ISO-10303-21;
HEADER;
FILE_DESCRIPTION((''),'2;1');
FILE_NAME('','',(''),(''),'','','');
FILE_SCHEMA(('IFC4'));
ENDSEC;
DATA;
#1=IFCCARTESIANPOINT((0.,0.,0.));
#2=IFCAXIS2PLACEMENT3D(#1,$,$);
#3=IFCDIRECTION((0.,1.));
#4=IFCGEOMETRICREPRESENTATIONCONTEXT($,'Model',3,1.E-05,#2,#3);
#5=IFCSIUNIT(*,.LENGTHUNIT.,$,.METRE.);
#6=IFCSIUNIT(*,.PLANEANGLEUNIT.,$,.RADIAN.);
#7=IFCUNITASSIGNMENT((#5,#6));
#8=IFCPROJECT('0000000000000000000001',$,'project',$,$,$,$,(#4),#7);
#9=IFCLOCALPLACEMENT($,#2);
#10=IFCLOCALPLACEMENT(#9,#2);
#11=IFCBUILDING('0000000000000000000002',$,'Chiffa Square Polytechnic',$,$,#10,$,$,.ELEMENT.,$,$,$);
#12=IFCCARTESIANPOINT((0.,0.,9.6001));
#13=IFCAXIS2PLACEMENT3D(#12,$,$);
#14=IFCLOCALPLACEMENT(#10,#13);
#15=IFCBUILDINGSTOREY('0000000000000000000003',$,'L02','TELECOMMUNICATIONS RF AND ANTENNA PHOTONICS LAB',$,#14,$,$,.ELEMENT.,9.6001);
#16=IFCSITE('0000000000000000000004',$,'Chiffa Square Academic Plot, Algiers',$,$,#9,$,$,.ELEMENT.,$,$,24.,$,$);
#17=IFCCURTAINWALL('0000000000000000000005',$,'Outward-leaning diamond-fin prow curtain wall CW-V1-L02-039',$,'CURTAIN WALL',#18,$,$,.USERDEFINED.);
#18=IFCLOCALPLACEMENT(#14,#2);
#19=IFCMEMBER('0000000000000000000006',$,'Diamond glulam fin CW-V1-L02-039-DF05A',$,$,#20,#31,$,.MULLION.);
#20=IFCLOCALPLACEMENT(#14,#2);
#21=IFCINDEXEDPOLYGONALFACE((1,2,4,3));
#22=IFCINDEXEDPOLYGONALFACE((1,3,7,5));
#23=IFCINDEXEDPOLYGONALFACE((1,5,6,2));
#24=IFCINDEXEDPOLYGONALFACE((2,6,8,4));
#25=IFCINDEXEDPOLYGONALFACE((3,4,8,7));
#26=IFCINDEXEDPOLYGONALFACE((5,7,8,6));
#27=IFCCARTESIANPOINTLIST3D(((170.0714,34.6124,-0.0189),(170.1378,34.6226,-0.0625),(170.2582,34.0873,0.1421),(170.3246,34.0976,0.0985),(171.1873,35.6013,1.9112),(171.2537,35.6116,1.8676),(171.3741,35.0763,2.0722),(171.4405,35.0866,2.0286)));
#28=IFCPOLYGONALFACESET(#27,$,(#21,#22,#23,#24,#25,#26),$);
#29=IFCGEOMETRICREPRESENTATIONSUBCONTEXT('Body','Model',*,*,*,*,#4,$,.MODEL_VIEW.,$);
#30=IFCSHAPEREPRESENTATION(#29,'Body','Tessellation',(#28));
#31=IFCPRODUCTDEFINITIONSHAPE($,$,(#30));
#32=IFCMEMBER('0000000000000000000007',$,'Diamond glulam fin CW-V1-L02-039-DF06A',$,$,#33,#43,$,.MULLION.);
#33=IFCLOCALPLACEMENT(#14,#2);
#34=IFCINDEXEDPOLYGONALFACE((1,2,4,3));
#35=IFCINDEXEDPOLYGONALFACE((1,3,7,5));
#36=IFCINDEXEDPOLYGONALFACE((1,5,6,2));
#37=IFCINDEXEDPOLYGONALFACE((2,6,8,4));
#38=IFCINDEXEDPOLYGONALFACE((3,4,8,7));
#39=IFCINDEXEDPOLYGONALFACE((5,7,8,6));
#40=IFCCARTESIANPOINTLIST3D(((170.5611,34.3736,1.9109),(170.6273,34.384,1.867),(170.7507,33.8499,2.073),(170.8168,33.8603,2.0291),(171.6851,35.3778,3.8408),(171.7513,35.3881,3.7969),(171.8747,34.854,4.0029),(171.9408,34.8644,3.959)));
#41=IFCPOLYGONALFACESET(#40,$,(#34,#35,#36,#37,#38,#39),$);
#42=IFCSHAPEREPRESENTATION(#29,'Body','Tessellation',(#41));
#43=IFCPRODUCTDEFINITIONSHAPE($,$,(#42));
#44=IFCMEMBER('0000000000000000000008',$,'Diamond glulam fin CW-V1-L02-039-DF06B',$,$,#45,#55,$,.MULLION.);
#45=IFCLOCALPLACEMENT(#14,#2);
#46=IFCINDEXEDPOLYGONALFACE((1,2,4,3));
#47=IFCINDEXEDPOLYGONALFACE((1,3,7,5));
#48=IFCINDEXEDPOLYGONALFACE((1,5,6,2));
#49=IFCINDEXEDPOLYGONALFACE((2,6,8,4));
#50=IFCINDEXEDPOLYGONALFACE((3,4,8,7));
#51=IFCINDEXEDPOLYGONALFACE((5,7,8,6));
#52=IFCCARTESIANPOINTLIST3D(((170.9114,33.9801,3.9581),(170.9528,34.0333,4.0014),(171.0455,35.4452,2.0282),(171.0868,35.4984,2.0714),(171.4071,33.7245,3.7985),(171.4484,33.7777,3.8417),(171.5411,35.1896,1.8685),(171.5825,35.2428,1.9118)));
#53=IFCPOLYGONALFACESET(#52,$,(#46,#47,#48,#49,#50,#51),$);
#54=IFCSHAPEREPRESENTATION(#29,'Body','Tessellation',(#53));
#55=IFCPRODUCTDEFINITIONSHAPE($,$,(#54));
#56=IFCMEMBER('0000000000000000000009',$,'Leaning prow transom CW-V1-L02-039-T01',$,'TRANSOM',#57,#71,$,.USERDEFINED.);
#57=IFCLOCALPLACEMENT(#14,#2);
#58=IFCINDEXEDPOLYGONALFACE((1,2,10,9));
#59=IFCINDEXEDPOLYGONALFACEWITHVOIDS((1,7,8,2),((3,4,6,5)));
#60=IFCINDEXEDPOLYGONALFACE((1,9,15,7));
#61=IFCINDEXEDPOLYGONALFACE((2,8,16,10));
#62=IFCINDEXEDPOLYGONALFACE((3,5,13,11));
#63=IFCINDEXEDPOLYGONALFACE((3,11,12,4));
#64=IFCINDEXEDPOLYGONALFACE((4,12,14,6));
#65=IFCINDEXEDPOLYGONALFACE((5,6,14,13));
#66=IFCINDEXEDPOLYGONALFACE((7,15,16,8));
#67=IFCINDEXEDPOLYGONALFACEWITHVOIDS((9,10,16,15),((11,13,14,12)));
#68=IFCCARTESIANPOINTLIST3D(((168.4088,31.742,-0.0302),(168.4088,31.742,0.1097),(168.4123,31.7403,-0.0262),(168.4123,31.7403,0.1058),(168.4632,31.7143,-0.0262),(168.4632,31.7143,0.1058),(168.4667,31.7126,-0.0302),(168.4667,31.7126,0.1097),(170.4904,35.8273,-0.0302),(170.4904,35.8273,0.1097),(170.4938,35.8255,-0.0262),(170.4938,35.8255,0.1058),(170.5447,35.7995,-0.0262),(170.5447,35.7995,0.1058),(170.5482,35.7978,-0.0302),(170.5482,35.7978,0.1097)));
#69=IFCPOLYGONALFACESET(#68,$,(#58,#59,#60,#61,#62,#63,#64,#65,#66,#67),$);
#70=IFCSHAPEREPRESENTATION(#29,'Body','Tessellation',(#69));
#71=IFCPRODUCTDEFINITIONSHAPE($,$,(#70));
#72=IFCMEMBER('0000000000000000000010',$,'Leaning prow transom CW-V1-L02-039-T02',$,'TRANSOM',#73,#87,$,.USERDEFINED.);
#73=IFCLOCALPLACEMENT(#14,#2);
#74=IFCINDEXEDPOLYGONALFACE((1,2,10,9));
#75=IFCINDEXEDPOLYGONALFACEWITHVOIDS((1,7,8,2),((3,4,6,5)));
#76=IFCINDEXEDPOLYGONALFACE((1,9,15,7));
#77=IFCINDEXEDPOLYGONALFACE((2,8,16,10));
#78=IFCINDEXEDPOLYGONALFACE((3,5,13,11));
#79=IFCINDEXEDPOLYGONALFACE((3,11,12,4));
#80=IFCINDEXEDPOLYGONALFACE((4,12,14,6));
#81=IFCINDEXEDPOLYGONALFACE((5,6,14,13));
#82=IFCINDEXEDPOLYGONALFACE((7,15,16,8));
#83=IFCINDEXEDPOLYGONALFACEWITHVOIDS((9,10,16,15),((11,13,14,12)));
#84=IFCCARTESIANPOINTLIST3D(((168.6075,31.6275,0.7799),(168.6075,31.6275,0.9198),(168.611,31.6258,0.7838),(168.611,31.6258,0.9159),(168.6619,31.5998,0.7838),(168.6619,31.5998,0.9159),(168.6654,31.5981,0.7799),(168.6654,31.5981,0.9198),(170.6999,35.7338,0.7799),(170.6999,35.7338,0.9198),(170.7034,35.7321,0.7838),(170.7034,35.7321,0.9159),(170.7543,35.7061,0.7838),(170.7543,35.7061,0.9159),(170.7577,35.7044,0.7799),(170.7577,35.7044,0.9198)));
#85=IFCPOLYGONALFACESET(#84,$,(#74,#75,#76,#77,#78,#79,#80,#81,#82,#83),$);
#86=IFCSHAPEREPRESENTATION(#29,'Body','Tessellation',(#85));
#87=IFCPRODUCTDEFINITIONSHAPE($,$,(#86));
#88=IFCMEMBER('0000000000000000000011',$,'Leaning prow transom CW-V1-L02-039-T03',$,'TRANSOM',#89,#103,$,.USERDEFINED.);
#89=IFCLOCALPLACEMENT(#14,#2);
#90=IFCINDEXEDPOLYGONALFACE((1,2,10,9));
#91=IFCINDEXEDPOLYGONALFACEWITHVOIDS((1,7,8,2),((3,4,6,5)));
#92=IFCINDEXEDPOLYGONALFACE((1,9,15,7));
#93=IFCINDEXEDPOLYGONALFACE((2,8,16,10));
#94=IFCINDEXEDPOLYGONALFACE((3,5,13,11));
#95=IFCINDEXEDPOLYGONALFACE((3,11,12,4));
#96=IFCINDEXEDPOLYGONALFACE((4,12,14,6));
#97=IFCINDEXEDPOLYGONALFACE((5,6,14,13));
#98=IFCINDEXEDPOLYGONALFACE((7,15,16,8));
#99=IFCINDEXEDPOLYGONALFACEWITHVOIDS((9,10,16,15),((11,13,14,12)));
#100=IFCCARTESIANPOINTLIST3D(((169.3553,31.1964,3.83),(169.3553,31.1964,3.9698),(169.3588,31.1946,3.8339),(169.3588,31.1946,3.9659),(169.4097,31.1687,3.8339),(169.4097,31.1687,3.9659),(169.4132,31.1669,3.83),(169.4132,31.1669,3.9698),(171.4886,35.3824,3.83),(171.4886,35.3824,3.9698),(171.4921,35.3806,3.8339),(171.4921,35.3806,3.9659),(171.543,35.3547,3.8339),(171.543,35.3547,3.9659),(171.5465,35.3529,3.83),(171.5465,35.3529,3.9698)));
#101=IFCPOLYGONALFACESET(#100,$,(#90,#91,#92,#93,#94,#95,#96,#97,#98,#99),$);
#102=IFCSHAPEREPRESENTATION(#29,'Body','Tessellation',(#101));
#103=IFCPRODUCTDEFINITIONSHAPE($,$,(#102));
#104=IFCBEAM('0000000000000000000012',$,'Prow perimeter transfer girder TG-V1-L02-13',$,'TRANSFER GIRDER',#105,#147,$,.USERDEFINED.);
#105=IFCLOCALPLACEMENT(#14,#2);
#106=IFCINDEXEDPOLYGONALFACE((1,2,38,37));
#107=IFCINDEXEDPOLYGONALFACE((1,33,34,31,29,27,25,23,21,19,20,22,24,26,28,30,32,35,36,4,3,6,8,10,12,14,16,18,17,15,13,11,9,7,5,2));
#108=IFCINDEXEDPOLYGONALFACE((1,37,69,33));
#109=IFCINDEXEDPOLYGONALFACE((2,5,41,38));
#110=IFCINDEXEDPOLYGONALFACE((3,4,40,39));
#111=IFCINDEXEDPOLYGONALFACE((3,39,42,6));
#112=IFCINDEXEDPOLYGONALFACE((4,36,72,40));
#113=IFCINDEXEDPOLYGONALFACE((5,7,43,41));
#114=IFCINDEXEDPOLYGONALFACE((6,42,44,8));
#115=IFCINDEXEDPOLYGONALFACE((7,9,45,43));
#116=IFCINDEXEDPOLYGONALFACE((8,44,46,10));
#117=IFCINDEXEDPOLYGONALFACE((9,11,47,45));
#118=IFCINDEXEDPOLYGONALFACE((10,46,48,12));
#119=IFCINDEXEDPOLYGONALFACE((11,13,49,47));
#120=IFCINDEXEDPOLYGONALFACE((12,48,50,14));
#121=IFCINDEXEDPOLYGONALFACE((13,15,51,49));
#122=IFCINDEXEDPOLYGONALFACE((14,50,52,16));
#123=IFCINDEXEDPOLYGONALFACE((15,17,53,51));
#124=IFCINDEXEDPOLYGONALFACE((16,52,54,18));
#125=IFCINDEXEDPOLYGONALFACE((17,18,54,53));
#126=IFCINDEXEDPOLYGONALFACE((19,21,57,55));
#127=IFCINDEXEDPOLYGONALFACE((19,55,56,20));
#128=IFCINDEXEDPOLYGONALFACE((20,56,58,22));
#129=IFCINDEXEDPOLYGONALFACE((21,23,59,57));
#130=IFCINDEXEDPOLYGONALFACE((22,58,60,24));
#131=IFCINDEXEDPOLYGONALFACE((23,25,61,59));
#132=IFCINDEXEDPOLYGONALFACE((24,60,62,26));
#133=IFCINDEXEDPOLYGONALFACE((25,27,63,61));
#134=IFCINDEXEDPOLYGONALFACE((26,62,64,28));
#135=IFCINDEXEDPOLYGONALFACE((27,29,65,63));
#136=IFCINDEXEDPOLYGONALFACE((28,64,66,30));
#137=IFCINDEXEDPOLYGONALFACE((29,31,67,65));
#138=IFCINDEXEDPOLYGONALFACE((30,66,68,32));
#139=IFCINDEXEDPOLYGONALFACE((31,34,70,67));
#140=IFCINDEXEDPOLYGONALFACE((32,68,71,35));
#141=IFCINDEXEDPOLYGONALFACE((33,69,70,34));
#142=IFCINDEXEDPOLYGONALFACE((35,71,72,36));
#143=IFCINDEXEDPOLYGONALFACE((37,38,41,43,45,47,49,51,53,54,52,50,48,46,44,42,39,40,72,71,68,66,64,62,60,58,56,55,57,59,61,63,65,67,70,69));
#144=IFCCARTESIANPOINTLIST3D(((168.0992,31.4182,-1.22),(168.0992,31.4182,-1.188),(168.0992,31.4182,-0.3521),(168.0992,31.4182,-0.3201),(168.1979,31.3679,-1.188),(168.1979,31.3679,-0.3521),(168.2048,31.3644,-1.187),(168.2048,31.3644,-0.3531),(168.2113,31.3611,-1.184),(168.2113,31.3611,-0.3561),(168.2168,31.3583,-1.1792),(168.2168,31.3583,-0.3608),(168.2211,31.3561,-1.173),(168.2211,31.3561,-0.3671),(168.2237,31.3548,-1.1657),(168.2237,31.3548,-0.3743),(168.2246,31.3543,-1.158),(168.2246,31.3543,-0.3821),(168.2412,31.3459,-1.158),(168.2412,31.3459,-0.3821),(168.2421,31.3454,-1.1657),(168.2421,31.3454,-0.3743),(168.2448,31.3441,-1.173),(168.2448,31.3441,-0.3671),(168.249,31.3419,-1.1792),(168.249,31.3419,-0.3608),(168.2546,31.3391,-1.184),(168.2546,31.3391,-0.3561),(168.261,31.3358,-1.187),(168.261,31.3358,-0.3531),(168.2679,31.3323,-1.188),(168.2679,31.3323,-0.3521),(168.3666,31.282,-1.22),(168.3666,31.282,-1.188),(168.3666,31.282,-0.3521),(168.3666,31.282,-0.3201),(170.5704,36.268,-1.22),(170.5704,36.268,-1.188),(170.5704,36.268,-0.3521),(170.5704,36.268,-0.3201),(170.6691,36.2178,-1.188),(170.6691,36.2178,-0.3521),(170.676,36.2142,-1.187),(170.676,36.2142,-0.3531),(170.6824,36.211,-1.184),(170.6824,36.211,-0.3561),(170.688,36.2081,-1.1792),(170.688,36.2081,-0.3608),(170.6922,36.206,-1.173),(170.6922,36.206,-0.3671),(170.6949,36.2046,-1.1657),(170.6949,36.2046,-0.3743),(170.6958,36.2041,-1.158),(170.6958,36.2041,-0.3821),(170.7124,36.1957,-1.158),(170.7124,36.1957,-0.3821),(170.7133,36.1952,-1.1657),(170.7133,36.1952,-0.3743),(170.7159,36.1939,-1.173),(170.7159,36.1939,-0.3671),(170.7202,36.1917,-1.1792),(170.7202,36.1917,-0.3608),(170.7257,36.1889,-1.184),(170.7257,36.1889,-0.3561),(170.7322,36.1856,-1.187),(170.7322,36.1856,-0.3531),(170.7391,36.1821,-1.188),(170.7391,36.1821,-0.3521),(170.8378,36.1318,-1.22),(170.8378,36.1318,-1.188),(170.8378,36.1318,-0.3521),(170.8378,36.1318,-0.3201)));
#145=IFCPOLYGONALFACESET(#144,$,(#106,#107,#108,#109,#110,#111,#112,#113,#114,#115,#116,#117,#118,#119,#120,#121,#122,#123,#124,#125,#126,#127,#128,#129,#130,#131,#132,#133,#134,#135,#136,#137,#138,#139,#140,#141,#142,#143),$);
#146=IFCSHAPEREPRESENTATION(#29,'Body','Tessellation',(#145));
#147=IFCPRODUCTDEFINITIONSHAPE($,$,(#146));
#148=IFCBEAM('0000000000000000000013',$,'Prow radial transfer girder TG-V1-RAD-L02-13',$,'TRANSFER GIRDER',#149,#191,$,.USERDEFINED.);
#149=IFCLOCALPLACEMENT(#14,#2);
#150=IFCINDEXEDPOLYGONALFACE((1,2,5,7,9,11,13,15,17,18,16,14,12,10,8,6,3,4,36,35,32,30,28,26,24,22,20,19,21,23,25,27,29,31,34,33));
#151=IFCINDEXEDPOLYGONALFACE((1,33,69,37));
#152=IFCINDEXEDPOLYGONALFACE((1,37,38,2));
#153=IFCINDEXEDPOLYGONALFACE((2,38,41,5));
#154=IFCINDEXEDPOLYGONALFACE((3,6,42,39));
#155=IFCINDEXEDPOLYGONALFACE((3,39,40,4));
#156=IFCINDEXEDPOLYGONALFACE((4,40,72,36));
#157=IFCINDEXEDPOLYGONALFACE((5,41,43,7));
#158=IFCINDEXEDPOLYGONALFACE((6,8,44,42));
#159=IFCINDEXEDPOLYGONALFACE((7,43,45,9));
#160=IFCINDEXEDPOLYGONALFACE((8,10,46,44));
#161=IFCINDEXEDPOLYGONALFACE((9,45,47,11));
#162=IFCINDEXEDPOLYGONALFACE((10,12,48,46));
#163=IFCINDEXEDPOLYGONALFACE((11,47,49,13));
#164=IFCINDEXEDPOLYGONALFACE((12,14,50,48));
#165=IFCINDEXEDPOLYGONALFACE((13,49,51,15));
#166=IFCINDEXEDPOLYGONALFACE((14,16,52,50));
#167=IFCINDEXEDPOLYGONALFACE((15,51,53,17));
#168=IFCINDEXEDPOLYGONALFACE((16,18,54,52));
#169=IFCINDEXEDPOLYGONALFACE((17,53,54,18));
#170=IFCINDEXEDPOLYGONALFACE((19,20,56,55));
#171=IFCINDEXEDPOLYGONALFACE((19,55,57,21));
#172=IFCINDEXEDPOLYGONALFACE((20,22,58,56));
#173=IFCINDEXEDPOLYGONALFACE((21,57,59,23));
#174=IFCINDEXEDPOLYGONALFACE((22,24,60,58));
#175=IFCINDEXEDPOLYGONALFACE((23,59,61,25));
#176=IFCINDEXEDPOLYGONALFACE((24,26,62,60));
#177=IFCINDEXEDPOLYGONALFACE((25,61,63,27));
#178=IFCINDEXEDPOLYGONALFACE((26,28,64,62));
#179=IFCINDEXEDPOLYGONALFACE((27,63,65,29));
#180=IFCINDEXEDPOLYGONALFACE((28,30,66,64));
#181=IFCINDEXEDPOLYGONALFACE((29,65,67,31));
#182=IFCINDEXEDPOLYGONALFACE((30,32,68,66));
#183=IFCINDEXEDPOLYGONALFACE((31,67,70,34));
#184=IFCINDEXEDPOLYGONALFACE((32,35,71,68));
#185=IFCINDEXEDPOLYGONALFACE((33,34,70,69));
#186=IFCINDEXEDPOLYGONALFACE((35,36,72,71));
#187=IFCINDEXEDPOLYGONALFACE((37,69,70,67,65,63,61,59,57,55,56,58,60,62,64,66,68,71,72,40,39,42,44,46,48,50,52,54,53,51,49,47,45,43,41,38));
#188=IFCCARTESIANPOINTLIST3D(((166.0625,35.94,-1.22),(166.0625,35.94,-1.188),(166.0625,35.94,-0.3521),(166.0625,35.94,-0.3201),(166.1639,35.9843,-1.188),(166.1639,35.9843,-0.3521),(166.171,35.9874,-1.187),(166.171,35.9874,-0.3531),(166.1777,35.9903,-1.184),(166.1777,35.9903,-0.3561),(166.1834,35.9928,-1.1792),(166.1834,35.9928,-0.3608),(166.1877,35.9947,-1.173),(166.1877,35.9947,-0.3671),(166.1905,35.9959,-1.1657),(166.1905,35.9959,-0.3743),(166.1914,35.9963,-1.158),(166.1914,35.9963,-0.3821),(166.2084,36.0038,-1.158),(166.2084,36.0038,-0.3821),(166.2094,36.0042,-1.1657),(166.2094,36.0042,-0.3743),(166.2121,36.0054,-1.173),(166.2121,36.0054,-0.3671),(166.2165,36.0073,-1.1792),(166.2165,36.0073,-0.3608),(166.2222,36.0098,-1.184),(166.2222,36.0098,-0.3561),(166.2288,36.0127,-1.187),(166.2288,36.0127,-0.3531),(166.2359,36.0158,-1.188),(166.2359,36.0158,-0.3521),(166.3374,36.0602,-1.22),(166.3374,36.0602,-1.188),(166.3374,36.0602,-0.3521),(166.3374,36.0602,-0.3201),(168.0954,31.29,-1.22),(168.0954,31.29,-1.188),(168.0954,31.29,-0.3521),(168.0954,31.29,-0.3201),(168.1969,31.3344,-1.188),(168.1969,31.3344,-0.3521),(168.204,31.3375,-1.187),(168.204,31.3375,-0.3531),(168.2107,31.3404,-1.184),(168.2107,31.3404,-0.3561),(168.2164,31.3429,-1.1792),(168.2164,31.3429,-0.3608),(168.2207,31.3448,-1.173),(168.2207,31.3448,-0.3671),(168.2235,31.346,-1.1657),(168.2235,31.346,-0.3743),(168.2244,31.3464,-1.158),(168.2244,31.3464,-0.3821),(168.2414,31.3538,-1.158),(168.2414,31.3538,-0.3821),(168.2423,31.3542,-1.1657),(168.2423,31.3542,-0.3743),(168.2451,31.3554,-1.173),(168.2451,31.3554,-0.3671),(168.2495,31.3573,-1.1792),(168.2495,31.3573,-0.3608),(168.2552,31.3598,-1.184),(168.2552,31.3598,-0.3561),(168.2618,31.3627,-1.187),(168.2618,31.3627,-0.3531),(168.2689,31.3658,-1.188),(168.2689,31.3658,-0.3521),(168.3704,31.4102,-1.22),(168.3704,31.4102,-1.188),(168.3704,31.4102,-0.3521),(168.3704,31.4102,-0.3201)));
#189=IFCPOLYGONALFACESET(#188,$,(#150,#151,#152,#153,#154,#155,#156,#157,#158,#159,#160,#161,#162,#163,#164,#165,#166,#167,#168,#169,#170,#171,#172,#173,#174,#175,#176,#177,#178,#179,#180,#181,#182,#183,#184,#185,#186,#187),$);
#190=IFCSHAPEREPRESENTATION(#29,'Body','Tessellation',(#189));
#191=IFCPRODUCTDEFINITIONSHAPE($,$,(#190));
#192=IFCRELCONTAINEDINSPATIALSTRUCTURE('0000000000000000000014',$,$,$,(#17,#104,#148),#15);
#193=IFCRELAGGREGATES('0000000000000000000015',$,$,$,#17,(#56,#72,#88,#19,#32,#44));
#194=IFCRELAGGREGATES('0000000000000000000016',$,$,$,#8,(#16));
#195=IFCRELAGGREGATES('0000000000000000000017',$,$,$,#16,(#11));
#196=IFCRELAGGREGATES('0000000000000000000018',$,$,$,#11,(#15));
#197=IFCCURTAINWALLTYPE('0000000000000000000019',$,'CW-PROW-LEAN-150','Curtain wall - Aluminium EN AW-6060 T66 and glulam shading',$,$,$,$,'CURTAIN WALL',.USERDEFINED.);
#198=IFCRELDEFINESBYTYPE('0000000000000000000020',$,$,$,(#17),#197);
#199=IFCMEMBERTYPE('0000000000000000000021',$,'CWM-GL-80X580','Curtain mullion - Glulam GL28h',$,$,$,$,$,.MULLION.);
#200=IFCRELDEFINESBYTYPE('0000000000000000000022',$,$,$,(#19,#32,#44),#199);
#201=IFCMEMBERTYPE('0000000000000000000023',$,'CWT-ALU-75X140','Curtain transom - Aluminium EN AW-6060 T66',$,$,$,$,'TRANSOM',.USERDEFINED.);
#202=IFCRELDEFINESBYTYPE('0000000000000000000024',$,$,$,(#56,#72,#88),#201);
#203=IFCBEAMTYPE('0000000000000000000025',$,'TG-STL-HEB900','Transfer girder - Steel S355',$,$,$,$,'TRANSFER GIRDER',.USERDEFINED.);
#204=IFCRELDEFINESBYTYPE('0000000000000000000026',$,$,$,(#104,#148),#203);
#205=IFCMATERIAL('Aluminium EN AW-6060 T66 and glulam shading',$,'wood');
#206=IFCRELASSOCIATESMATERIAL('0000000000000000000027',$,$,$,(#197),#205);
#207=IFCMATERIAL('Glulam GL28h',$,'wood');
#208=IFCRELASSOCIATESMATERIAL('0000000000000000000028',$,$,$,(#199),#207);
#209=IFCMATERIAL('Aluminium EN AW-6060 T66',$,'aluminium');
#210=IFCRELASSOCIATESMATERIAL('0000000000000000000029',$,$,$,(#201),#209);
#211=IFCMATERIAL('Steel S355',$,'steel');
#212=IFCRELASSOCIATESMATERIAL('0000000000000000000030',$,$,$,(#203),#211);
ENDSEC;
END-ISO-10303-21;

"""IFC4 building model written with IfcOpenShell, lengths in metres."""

from ifc_helpers import new_model, si_unit, direction, frame, origin, origin_2d, place, context, subcontext, project, spatial, rectangle, hollow_rectangle, i_section, extrude, material, material_profile, profile_set, type_object, element, aggregate, save


model = new_model("IFC4")

# Units and contexts
model_context = context("Model", 3, precision=1e-05, world=origin(), true_north=direction((0.0, 1.0)))
body_context = subcontext(model_context, "Body", "Model", "MODEL_VIEW")
ifc_project = project(units=[si_unit("LENGTHUNIT", "METRE"), si_unit("PLANEANGLEUNIT", "RADIAN")], contexts=[model_context])

# Site, building, storey
site_placement = place(None, origin())
site = spatial("IfcSite", under=ifc_project, at=site_placement, Name="Chiffa Square Academic Plot, Algiers", CompositionType="ELEMENT", RefElevation=24.0)
building_placement = place(site_placement, origin())
building = spatial("IfcBuilding", under=site, at=building_placement, Name="Chiffa Square Polytechnic", CompositionType="ELEMENT")
storey_placement = place(building_placement, frame((0.0, 0.0, 9.6001)))
storey = spatial("IfcBuildingStorey", under=building, at=storey_placement, Name="L02", Description="TELECOMMUNICATIONS RF AND ANTENNA PHOTONICS LAB", CompositionType="ELEMENT", Elevation=9.6001)

# Shared definitions
ifc_material_1 = material(Name="Aluminium EN AW-6060 T66 and glulam shading", Category="wood")
ifc_material_2 = material(Name="Aluminium EN AW-6060 T66", Category="aluminium")

# Curtain wall, members
curtain_wall_type_1 = type_object("IfcCurtainWallType", Name="CW-PROW-LEAN-150", Description="Curtain wall - Aluminium EN AW-6060 T66 and glulam shading", ElementType="CURTAIN WALL", PredefinedType="USERDEFINED", material=ifc_material_1)
curtain_wall_1_placement = place(storey_placement, origin())
curtain_wall_1 = element("IfcCurtainWall", 1, at=curtain_wall_1_placement, inside=storey, type_object=curtain_wall_type_1, Name="Outward-leaning diamond-fin prow curtain wall CW-V1-L02-039", ObjectType="CURTAIN WALL", PredefinedType="USERDEFINED")
ifc_material_3 = material(Name="Glulam GL28h", Category="wood")
ifc_material_profile_1 = material_profile(ifc_material_3, rectangle(XDim=0.0801, YDim=0.5801, at=origin_2d()), Name="GL28h 80x580")
ifc_profile_set_1 = profile_set([ifc_material_profile_1], Name="Glulam GL28h")
member_type_1 = type_object("IfcMemberType", Name="CWM-GL-80X580", Description="Curtain mullion - Glulam GL28h", PredefinedType="MULLION", material=ifc_profile_set_1)
member_1_placement = place(storey_placement, frame((170.198, 34.355, 0.0398), z_axis=(0.457536, 0.405486, 0.791354), x_axis=(-0.828805, -0.127899, 0.544724)))
member_1 = element("IfcMember", 2, at=member_1_placement, type_object=member_type_1, Name="Diamond glulam fin CW-V1-L02-039-DF05A", PredefinedType="MULLION", context=body_context, shape_type="SweptSolid", body=[
    extrude(rectangle(XDim=0.0801, YDim=0.5801, at=origin_2d()), origin(), (0.0, 0.0, 1.0), 2.439),
])
member_2_placement = place(storey_placement, frame((170.689, 34.1169, 1.97), z_axis=(0.459019, 0.410066, 0.788129), x_axis=(-0.826147, -0.129274, 0.548424)))
member_2 = element("IfcMember", 3, at=member_2_placement, type_object=member_type_1, Name="Diamond glulam fin CW-V1-L02-039-DF06A", PredefinedType="MULLION", context=body_context, shape_type="SweptSolid", body=[
    extrude(rectangle(XDim=0.0801, YDim=0.5801, at=origin_2d()), origin(), (0.0, 0.0, 1.0), 2.4487),
])
member_3_placement = place(storey_placement, frame((171.314, 35.344, 1.97), z_axis=(-0.055232, -0.603726, 0.795276), x_axis=(0.516659, 0.664289, 0.54017)))
member_3 = element("IfcMember", 4, at=member_3_placement, type_object=member_type_1, Name="Diamond glulam fin CW-V1-L02-039-DF06B", PredefinedType="MULLION", context=body_context, shape_type="SweptSolid", body=[
    extrude(rectangle(XDim=0.0801, YDim=0.5801, at=origin_2d()), origin(), (0.0, 0.0, 1.0), 2.4268),
])
ifc_material_profile_2 = material_profile(ifc_material_2, hollow_rectangle(XDim=0.0649, YDim=0.1399, WallThickness=0.0039, at=origin_2d()), Name="ALU 65x140x4")
ifc_profile_set_2 = profile_set([ifc_material_profile_2], Name="Aluminium EN AW-6060 T66")
member_type_2 = type_object("IfcMemberType", Name="CWT-ALU-75X140", Description="Curtain transom - Aluminium EN AW-6060 T66", ElementType="TRANSOM", PredefinedType="USERDEFINED", material=ifc_profile_set_2)
member_4_placement = place(storey_placement, frame((168.4377, 31.7273, 0.0398), z_axis=(0.453995, 0.891004, 0.0), x_axis=(-0.891004, 0.453995, 0.0)))
member_4 = element("IfcMember", 5, at=member_4_placement, type_object=member_type_2, Name="Leaning prow transom CW-V1-L02-039-T01", ObjectType="TRANSOM", PredefinedType="USERDEFINED", context=body_context, shape_type="SweptSolid", body=[
    extrude(hollow_rectangle(XDim=0.0649, YDim=0.1399, WallThickness=0.0039, at=origin_2d()), origin(), (0.0, 0.0, 1.0), 4.585),
])
member_5_placement = place(storey_placement, frame((168.6365, 31.6128, 0.8499), z_axis=(0.454003, 0.891, 0.0), x_axis=(-0.891, 0.454003, 0.0)))
member_5 = element("IfcMember", 6, at=member_5_placement, type_object=member_type_2, Name="Leaning prow transom CW-V1-L02-039-T02", ObjectType="TRANSOM", PredefinedType="USERDEFINED", context=body_context, shape_type="SweptSolid", body=[
    extrude(hollow_rectangle(XDim=0.0649, YDim=0.1399, WallThickness=0.0039, at=origin_2d()), origin(), (0.0, 0.0, 1.0), 4.6086),
])
member_6_placement = place(storey_placement, frame((169.3843, 31.1816, 3.8999), z_axis=(0.45406, 0.890971, 0.0), x_axis=(-0.890971, 0.45406, 0.0)))
member_6 = element("IfcMember", 7, at=member_6_placement, type_object=member_type_2, Name="Leaning prow transom CW-V1-L02-039-T03", ObjectType="TRANSOM", PredefinedType="USERDEFINED", context=body_context, shape_type="SweptSolid", body=[
    extrude(hollow_rectangle(XDim=0.0649, YDim=0.1399, WallThickness=0.0039, at=origin_2d()), origin(), (0.0, 0.0, 1.0), 4.6982),
])

# Beams
ifc_material_4 = material(Name="Steel S355", Category="steel")
ifc_material_profile_3 = material_profile(ifc_material_4, i_section(OverallWidth=0.3, OverallDepth=0.8999, WebThickness=0.0186, FlangeThickness=0.032, FilletRadius=0.03, at=origin_2d()), Name="HEB 900")
ifc_profile_set_3 = profile_set([ifc_material_profile_3], Name="Steel S355")
beam_type = type_object("IfcBeamType", Name="TG-STL-HEB900", Description="Transfer girder - Steel S355", ElementType="TRANSFER GIRDER", PredefinedType="USERDEFINED", material=ifc_profile_set_3)
beam_1_placement = place(storey_placement, frame((168.2329, 31.3501, -0.77), z_axis=(0.454, 0.891001, 0.0), x_axis=(-0.891001, 0.454, 0.0)))
element("IfcBeam", 8, at=beam_1_placement, inside=storey, type_object=beam_type, Name="Prow perimeter transfer girder TG-V1-L02-13", ObjectType="TRANSFER GIRDER", PredefinedType="USERDEFINED", context=body_context, shape_type="SweptSolid", body=[
    extrude(i_section(OverallWidth=0.3, OverallDepth=0.8999, WebThickness=0.0186, FlangeThickness=0.032, FilletRadius=0.03, at=origin_2d()), origin(), (0.0, 0.0, 1.0), 5.4431),
])
beam_2_placement = place(storey_placement, frame((168.2329, 31.3501, -0.77), z_axis=(-0.400592, 0.916257, 0.0), x_axis=(-0.916257, -0.400592, 0.0)))
element("IfcBeam", 9, at=beam_2_placement, inside=storey, type_object=beam_type, Name="Prow radial transfer girder TG-V1-RAD-L02-13", ObjectType="TRANSFER GIRDER", PredefinedType="USERDEFINED", context=body_context, shape_type="SweptSolid", body=[
    extrude(i_section(OverallWidth=0.3, OverallDepth=0.8999, WebThickness=0.0186, FlangeThickness=0.032, FilletRadius=0.03, at=origin_2d()), origin(), (0.0, 0.0, 1.0), 5.075),
])

aggregate(curtain_wall_1, [member_4, member_5, member_6, member_1, member_2, member_3])

save(model, "model.ifc")
